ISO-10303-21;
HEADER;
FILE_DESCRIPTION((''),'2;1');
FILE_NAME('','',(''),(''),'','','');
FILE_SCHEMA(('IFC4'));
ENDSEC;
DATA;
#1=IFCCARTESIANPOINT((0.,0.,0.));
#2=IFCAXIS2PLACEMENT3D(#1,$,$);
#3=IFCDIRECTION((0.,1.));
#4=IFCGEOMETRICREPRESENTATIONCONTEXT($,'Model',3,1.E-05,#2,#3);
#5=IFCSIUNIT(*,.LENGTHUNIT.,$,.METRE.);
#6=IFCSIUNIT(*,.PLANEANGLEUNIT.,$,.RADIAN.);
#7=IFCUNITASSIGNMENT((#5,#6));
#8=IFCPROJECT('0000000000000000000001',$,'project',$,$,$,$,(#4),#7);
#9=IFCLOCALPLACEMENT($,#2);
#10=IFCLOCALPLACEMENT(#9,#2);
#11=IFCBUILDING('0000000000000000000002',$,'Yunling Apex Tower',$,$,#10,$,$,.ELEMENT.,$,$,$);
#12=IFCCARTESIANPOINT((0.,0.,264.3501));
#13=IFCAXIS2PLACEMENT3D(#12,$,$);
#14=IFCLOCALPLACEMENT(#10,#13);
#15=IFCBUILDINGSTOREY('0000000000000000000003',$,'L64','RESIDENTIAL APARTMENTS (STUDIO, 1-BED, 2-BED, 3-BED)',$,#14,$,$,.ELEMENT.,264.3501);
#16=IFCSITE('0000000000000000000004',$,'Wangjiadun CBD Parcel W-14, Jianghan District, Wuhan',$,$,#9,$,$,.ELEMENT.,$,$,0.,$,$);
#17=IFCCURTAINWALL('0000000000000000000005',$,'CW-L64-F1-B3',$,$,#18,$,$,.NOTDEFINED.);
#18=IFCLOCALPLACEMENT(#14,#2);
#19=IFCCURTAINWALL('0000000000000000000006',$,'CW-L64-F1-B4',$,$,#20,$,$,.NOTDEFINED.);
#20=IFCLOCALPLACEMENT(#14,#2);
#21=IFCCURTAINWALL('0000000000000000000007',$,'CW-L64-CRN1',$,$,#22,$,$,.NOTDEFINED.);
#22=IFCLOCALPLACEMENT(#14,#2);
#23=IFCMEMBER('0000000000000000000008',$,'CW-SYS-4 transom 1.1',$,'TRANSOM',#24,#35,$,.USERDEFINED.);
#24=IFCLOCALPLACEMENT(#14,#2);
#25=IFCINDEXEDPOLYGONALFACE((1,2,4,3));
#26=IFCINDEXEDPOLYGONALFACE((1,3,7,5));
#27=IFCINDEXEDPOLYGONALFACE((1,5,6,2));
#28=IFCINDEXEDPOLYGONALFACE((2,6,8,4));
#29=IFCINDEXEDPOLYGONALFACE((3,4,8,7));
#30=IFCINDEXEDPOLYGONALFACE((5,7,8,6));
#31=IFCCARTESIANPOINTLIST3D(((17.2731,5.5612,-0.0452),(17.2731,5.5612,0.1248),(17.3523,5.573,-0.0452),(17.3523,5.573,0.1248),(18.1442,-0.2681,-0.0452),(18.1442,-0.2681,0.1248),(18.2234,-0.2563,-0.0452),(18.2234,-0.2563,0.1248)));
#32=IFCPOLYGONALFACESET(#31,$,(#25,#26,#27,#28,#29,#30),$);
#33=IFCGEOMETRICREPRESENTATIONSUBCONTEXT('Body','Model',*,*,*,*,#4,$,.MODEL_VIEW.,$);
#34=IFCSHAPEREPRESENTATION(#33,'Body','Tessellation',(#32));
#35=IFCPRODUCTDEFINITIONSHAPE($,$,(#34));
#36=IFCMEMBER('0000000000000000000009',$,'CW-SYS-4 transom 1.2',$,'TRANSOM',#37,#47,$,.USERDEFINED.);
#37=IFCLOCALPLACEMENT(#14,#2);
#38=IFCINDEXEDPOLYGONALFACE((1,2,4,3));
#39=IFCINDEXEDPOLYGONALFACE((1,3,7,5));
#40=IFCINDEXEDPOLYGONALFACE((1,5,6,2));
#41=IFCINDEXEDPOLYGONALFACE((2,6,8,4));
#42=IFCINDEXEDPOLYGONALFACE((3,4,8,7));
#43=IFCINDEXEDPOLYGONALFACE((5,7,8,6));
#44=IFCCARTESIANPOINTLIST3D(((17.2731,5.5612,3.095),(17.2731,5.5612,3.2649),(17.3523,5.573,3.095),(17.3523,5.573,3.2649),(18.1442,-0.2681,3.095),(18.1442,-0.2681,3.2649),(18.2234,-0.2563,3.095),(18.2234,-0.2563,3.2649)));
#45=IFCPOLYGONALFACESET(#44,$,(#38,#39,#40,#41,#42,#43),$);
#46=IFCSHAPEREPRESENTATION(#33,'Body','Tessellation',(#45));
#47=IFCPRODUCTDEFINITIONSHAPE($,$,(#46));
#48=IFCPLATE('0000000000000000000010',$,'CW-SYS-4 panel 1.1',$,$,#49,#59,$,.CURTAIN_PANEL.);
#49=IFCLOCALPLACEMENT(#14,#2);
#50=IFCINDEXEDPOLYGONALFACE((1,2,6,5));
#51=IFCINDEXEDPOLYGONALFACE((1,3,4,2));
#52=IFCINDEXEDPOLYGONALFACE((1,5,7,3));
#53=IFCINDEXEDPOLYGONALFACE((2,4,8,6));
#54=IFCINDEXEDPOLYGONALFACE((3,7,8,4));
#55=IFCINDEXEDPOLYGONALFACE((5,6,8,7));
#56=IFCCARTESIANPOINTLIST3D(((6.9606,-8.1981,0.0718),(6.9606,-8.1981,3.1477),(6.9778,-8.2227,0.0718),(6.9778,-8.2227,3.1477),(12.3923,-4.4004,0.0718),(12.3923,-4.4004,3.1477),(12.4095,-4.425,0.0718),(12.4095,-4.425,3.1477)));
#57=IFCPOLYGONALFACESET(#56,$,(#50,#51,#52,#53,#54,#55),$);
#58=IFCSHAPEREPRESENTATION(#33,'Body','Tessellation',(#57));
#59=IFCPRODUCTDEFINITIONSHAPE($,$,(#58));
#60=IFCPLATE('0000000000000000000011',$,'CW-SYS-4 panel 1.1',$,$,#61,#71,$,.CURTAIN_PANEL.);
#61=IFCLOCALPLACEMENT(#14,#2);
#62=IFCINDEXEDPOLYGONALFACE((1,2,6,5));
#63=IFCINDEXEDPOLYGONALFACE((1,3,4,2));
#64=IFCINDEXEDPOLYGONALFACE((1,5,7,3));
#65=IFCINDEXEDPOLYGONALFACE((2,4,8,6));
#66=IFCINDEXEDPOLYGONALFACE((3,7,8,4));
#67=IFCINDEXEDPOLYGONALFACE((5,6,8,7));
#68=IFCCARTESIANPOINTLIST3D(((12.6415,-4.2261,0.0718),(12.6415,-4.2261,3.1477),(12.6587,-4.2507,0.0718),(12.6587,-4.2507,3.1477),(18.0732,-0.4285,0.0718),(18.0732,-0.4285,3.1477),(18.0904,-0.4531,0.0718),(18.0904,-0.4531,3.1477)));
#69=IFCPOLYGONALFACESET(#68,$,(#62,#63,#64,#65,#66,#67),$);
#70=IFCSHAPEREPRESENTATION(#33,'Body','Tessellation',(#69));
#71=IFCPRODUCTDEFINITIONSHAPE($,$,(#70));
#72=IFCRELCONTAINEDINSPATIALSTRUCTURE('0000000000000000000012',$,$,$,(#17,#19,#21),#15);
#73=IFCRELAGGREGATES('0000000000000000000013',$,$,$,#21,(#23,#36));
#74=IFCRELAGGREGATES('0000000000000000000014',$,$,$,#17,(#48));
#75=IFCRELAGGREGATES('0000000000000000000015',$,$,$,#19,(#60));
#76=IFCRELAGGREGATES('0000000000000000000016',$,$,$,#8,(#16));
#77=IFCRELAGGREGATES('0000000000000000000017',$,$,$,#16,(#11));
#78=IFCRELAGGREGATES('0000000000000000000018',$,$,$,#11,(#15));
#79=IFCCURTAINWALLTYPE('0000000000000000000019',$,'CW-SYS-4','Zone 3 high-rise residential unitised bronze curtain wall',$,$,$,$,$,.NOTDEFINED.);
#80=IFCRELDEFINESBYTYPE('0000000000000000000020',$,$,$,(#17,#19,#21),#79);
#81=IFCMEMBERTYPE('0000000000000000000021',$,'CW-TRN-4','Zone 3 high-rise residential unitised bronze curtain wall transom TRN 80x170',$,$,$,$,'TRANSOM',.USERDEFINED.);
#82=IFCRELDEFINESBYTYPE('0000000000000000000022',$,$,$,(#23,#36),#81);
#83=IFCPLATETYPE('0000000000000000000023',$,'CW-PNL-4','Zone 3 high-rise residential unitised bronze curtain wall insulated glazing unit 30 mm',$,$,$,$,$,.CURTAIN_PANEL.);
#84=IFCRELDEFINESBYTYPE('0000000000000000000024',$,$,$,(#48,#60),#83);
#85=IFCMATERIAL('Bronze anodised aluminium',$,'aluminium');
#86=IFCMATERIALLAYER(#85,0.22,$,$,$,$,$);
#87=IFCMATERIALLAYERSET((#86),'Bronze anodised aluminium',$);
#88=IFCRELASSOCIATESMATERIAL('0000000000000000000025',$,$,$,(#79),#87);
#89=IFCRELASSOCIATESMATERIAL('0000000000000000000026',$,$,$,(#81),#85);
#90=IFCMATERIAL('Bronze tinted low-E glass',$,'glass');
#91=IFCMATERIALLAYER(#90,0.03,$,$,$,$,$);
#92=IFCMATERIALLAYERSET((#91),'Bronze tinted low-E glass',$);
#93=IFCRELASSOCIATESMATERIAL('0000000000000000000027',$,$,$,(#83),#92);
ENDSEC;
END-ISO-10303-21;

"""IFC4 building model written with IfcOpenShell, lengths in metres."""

from ifc_helpers import new_model, si_unit, direction, frame, origin, origin_2d, place, context, subcontext, project, spatial, rectangle, extrude, source, transform, mapped, material, layer, layer_set, material_profile, profile_set, type_object, element, aggregate, save


model = new_model("IFC4")

# Units and contexts
model_context = context("Model", 3, precision=1e-05, world=origin(), true_north=direction((0.0, 1.0)))
body_context = subcontext(model_context, "Body", "Model", "MODEL_VIEW")
ifc_project = project(units=[si_unit("LENGTHUNIT", "METRE"), si_unit("PLANEANGLEUNIT", "RADIAN")], contexts=[model_context])

# Site, building, storey
site_placement = place(None, origin())
site = spatial("IfcSite", under=ifc_project, at=site_placement, Name="Wangjiadun CBD Parcel W-14, Jianghan District, Wuhan", CompositionType="ELEMENT", RefElevation=0.0)
building_placement = place(site_placement, origin())
building = spatial("IfcBuilding", under=site, at=building_placement, Name="Yunling Apex Tower", CompositionType="ELEMENT")
storey_placement = place(building_placement, frame((0.0, 0.0, 264.3501)))
storey = spatial("IfcBuildingStorey", under=building, at=storey_placement, Name="L64", Description="RESIDENTIAL APARTMENTS (STUDIO, 1-BED, 2-BED, 3-BED)", CompositionType="ELEMENT", Elevation=264.3501)

# Curtain wall
ifc_material_1 = material(Name="Bronze anodised aluminium", Category="aluminium")
ifc_layer_1 = layer(ifc_material_1, 0.22)
ifc_layer_set_1 = layer_set([ifc_layer_1], Name="Bronze anodised aluminium")
curtain_wall_type = type_object("IfcCurtainWallType", Name="CW-SYS-4", Description="Zone 3 high-rise residential unitised bronze curtain wall", PredefinedType="NOTDEFINED", material=ifc_layer_set_1)
curtain_wall_1_placement = place(storey_placement, origin())
curtain_wall_1 = element("IfcCurtainWall", 1, at=curtain_wall_1_placement, inside=storey, type_object=curtain_wall_type, Name="CW-L64-F1-B3", PredefinedType="NOTDEFINED")

# Curtain wall
curtain_wall_2_placement = place(storey_placement, origin())
curtain_wall_2 = element("IfcCurtainWall", 2, at=curtain_wall_2_placement, inside=storey, type_object=curtain_wall_type, Name="CW-L64-F1-B4", PredefinedType="NOTDEFINED")

# Curtain wall
curtain_wall_3_placement = place(storey_placement, origin())
curtain_wall_3 = element("IfcCurtainWall", 3, at=curtain_wall_3_placement, inside=storey, type_object=curtain_wall_type, Name="CW-L64-CRN1", PredefinedType="NOTDEFINED")

# Members
ifc_material_profile_1 = material_profile(ifc_material_1, rectangle(XDim=0.0801, YDim=0.1699, at=origin_2d()))
ifc_profile_set_1 = profile_set([ifc_material_profile_1], Name="Bronze anodised aluminium")
member_type_1 = type_object("IfcMemberType", Name="CW-TRN-4", Description="Zone 3 high-rise residential unitised bronze curtain wall transom TRN 80x170", ElementType="TRANSOM", PredefinedType="USERDEFINED", material=ifc_profile_set_1)
shared_shape_1 = source(origin(), body_context, "Body", "SweptSolid", [
    extrude(rectangle(XDim=0.0801, YDim=0.1699, at=origin_2d()), origin(), (0.0, 0.0, 1.0), 5.894),
])
member_1_placement = place(storey_placement, frame((18.1838, -0.2622, 0.0398), z_axis=(-0.147792, 0.989019, 0.0), x_axis=(-0.989019, -0.147792, 0.0)))
member_1 = element("IfcMember", 4, at=member_1_placement, type_object=member_type_1, Name="CW-SYS-4 transom 1.1", ObjectType="TRANSOM", PredefinedType="USERDEFINED", context=body_context, shape_type="MappedRepresentation", body=[
    mapped(shared_shape_1, transform((0.0, 0.0, 0.0), scale=1.0)),
])
member_2_placement = place(storey_placement, frame((18.1838, -0.2622, 3.1799), z_axis=(-0.147792, 0.989019, 0.0), x_axis=(-0.989019, -0.147792, 0.0)))
member_2 = element("IfcMember", 5, at=member_2_placement, type_object=member_type_1, Name="CW-SYS-4 transom 1.2", ObjectType="TRANSOM", PredefinedType="USERDEFINED", context=body_context, shape_type="MappedRepresentation", body=[
    mapped(shared_shape_1, transform((0.0, 0.0, 0.0), scale=1.0)),
])
aggregate(curtain_wall_3, [member_1, member_2])

# Plates
ifc_material_2 = material(Name="Bronze tinted low-E glass", Category="glass")
ifc_layer_2 = layer(ifc_material_2, 0.03)
ifc_layer_set_2 = layer_set([ifc_layer_2], Name="Bronze tinted low-E glass")
plate_type = type_object("IfcPlateType", Name="CW-PNL-4", Description="Zone 3 high-rise residential unitised bronze curtain wall insulated glazing unit 30 mm", PredefinedType="CURTAIN_PANEL", material=ifc_layer_set_2)
shared_shape_2 = source(origin(), body_context, "Body", "SweptSolid", [
    extrude(rectangle(XDim=6.6277, YDim=0.03, at=origin_2d()), origin(), (0.0, 0.0, 1.0), 3.0759),
])
plate_1_placement = place(storey_placement, frame((9.6851, -6.3115, 0.0718), z_axis=(0.0, 0.0, 1.0), x_axis=(0.819548, 0.57301, 0.0)))
plate_1 = element("IfcPlate", 6, at=plate_1_placement, type_object=plate_type, Name="CW-SYS-4 panel 1.1", PredefinedType="CURTAIN_PANEL", context=body_context, shape_type="MappedRepresentation", body=[
    mapped(shared_shape_2, transform((0.0, 0.0, 0.0), scale=1.0)),
])
aggregate(curtain_wall_1, [plate_1])
plate_2_placement = place(storey_placement, frame((15.366, -2.3396, 0.0718), z_axis=(0.0, 0.0, 1.0), x_axis=(0.819555, 0.573, 0.0)))
plate_2 = element("IfcPlate", 7, at=plate_2_placement, type_object=plate_type, Name="CW-SYS-4 panel 1.1", PredefinedType="CURTAIN_PANEL", context=body_context, shape_type="MappedRepresentation", body=[
    mapped(shared_shape_2, transform((0.0, 0.0, 0.0), scale=1.0)),
])
aggregate(curtain_wall_2, [plate_2])

save(model, "model.ifc")
